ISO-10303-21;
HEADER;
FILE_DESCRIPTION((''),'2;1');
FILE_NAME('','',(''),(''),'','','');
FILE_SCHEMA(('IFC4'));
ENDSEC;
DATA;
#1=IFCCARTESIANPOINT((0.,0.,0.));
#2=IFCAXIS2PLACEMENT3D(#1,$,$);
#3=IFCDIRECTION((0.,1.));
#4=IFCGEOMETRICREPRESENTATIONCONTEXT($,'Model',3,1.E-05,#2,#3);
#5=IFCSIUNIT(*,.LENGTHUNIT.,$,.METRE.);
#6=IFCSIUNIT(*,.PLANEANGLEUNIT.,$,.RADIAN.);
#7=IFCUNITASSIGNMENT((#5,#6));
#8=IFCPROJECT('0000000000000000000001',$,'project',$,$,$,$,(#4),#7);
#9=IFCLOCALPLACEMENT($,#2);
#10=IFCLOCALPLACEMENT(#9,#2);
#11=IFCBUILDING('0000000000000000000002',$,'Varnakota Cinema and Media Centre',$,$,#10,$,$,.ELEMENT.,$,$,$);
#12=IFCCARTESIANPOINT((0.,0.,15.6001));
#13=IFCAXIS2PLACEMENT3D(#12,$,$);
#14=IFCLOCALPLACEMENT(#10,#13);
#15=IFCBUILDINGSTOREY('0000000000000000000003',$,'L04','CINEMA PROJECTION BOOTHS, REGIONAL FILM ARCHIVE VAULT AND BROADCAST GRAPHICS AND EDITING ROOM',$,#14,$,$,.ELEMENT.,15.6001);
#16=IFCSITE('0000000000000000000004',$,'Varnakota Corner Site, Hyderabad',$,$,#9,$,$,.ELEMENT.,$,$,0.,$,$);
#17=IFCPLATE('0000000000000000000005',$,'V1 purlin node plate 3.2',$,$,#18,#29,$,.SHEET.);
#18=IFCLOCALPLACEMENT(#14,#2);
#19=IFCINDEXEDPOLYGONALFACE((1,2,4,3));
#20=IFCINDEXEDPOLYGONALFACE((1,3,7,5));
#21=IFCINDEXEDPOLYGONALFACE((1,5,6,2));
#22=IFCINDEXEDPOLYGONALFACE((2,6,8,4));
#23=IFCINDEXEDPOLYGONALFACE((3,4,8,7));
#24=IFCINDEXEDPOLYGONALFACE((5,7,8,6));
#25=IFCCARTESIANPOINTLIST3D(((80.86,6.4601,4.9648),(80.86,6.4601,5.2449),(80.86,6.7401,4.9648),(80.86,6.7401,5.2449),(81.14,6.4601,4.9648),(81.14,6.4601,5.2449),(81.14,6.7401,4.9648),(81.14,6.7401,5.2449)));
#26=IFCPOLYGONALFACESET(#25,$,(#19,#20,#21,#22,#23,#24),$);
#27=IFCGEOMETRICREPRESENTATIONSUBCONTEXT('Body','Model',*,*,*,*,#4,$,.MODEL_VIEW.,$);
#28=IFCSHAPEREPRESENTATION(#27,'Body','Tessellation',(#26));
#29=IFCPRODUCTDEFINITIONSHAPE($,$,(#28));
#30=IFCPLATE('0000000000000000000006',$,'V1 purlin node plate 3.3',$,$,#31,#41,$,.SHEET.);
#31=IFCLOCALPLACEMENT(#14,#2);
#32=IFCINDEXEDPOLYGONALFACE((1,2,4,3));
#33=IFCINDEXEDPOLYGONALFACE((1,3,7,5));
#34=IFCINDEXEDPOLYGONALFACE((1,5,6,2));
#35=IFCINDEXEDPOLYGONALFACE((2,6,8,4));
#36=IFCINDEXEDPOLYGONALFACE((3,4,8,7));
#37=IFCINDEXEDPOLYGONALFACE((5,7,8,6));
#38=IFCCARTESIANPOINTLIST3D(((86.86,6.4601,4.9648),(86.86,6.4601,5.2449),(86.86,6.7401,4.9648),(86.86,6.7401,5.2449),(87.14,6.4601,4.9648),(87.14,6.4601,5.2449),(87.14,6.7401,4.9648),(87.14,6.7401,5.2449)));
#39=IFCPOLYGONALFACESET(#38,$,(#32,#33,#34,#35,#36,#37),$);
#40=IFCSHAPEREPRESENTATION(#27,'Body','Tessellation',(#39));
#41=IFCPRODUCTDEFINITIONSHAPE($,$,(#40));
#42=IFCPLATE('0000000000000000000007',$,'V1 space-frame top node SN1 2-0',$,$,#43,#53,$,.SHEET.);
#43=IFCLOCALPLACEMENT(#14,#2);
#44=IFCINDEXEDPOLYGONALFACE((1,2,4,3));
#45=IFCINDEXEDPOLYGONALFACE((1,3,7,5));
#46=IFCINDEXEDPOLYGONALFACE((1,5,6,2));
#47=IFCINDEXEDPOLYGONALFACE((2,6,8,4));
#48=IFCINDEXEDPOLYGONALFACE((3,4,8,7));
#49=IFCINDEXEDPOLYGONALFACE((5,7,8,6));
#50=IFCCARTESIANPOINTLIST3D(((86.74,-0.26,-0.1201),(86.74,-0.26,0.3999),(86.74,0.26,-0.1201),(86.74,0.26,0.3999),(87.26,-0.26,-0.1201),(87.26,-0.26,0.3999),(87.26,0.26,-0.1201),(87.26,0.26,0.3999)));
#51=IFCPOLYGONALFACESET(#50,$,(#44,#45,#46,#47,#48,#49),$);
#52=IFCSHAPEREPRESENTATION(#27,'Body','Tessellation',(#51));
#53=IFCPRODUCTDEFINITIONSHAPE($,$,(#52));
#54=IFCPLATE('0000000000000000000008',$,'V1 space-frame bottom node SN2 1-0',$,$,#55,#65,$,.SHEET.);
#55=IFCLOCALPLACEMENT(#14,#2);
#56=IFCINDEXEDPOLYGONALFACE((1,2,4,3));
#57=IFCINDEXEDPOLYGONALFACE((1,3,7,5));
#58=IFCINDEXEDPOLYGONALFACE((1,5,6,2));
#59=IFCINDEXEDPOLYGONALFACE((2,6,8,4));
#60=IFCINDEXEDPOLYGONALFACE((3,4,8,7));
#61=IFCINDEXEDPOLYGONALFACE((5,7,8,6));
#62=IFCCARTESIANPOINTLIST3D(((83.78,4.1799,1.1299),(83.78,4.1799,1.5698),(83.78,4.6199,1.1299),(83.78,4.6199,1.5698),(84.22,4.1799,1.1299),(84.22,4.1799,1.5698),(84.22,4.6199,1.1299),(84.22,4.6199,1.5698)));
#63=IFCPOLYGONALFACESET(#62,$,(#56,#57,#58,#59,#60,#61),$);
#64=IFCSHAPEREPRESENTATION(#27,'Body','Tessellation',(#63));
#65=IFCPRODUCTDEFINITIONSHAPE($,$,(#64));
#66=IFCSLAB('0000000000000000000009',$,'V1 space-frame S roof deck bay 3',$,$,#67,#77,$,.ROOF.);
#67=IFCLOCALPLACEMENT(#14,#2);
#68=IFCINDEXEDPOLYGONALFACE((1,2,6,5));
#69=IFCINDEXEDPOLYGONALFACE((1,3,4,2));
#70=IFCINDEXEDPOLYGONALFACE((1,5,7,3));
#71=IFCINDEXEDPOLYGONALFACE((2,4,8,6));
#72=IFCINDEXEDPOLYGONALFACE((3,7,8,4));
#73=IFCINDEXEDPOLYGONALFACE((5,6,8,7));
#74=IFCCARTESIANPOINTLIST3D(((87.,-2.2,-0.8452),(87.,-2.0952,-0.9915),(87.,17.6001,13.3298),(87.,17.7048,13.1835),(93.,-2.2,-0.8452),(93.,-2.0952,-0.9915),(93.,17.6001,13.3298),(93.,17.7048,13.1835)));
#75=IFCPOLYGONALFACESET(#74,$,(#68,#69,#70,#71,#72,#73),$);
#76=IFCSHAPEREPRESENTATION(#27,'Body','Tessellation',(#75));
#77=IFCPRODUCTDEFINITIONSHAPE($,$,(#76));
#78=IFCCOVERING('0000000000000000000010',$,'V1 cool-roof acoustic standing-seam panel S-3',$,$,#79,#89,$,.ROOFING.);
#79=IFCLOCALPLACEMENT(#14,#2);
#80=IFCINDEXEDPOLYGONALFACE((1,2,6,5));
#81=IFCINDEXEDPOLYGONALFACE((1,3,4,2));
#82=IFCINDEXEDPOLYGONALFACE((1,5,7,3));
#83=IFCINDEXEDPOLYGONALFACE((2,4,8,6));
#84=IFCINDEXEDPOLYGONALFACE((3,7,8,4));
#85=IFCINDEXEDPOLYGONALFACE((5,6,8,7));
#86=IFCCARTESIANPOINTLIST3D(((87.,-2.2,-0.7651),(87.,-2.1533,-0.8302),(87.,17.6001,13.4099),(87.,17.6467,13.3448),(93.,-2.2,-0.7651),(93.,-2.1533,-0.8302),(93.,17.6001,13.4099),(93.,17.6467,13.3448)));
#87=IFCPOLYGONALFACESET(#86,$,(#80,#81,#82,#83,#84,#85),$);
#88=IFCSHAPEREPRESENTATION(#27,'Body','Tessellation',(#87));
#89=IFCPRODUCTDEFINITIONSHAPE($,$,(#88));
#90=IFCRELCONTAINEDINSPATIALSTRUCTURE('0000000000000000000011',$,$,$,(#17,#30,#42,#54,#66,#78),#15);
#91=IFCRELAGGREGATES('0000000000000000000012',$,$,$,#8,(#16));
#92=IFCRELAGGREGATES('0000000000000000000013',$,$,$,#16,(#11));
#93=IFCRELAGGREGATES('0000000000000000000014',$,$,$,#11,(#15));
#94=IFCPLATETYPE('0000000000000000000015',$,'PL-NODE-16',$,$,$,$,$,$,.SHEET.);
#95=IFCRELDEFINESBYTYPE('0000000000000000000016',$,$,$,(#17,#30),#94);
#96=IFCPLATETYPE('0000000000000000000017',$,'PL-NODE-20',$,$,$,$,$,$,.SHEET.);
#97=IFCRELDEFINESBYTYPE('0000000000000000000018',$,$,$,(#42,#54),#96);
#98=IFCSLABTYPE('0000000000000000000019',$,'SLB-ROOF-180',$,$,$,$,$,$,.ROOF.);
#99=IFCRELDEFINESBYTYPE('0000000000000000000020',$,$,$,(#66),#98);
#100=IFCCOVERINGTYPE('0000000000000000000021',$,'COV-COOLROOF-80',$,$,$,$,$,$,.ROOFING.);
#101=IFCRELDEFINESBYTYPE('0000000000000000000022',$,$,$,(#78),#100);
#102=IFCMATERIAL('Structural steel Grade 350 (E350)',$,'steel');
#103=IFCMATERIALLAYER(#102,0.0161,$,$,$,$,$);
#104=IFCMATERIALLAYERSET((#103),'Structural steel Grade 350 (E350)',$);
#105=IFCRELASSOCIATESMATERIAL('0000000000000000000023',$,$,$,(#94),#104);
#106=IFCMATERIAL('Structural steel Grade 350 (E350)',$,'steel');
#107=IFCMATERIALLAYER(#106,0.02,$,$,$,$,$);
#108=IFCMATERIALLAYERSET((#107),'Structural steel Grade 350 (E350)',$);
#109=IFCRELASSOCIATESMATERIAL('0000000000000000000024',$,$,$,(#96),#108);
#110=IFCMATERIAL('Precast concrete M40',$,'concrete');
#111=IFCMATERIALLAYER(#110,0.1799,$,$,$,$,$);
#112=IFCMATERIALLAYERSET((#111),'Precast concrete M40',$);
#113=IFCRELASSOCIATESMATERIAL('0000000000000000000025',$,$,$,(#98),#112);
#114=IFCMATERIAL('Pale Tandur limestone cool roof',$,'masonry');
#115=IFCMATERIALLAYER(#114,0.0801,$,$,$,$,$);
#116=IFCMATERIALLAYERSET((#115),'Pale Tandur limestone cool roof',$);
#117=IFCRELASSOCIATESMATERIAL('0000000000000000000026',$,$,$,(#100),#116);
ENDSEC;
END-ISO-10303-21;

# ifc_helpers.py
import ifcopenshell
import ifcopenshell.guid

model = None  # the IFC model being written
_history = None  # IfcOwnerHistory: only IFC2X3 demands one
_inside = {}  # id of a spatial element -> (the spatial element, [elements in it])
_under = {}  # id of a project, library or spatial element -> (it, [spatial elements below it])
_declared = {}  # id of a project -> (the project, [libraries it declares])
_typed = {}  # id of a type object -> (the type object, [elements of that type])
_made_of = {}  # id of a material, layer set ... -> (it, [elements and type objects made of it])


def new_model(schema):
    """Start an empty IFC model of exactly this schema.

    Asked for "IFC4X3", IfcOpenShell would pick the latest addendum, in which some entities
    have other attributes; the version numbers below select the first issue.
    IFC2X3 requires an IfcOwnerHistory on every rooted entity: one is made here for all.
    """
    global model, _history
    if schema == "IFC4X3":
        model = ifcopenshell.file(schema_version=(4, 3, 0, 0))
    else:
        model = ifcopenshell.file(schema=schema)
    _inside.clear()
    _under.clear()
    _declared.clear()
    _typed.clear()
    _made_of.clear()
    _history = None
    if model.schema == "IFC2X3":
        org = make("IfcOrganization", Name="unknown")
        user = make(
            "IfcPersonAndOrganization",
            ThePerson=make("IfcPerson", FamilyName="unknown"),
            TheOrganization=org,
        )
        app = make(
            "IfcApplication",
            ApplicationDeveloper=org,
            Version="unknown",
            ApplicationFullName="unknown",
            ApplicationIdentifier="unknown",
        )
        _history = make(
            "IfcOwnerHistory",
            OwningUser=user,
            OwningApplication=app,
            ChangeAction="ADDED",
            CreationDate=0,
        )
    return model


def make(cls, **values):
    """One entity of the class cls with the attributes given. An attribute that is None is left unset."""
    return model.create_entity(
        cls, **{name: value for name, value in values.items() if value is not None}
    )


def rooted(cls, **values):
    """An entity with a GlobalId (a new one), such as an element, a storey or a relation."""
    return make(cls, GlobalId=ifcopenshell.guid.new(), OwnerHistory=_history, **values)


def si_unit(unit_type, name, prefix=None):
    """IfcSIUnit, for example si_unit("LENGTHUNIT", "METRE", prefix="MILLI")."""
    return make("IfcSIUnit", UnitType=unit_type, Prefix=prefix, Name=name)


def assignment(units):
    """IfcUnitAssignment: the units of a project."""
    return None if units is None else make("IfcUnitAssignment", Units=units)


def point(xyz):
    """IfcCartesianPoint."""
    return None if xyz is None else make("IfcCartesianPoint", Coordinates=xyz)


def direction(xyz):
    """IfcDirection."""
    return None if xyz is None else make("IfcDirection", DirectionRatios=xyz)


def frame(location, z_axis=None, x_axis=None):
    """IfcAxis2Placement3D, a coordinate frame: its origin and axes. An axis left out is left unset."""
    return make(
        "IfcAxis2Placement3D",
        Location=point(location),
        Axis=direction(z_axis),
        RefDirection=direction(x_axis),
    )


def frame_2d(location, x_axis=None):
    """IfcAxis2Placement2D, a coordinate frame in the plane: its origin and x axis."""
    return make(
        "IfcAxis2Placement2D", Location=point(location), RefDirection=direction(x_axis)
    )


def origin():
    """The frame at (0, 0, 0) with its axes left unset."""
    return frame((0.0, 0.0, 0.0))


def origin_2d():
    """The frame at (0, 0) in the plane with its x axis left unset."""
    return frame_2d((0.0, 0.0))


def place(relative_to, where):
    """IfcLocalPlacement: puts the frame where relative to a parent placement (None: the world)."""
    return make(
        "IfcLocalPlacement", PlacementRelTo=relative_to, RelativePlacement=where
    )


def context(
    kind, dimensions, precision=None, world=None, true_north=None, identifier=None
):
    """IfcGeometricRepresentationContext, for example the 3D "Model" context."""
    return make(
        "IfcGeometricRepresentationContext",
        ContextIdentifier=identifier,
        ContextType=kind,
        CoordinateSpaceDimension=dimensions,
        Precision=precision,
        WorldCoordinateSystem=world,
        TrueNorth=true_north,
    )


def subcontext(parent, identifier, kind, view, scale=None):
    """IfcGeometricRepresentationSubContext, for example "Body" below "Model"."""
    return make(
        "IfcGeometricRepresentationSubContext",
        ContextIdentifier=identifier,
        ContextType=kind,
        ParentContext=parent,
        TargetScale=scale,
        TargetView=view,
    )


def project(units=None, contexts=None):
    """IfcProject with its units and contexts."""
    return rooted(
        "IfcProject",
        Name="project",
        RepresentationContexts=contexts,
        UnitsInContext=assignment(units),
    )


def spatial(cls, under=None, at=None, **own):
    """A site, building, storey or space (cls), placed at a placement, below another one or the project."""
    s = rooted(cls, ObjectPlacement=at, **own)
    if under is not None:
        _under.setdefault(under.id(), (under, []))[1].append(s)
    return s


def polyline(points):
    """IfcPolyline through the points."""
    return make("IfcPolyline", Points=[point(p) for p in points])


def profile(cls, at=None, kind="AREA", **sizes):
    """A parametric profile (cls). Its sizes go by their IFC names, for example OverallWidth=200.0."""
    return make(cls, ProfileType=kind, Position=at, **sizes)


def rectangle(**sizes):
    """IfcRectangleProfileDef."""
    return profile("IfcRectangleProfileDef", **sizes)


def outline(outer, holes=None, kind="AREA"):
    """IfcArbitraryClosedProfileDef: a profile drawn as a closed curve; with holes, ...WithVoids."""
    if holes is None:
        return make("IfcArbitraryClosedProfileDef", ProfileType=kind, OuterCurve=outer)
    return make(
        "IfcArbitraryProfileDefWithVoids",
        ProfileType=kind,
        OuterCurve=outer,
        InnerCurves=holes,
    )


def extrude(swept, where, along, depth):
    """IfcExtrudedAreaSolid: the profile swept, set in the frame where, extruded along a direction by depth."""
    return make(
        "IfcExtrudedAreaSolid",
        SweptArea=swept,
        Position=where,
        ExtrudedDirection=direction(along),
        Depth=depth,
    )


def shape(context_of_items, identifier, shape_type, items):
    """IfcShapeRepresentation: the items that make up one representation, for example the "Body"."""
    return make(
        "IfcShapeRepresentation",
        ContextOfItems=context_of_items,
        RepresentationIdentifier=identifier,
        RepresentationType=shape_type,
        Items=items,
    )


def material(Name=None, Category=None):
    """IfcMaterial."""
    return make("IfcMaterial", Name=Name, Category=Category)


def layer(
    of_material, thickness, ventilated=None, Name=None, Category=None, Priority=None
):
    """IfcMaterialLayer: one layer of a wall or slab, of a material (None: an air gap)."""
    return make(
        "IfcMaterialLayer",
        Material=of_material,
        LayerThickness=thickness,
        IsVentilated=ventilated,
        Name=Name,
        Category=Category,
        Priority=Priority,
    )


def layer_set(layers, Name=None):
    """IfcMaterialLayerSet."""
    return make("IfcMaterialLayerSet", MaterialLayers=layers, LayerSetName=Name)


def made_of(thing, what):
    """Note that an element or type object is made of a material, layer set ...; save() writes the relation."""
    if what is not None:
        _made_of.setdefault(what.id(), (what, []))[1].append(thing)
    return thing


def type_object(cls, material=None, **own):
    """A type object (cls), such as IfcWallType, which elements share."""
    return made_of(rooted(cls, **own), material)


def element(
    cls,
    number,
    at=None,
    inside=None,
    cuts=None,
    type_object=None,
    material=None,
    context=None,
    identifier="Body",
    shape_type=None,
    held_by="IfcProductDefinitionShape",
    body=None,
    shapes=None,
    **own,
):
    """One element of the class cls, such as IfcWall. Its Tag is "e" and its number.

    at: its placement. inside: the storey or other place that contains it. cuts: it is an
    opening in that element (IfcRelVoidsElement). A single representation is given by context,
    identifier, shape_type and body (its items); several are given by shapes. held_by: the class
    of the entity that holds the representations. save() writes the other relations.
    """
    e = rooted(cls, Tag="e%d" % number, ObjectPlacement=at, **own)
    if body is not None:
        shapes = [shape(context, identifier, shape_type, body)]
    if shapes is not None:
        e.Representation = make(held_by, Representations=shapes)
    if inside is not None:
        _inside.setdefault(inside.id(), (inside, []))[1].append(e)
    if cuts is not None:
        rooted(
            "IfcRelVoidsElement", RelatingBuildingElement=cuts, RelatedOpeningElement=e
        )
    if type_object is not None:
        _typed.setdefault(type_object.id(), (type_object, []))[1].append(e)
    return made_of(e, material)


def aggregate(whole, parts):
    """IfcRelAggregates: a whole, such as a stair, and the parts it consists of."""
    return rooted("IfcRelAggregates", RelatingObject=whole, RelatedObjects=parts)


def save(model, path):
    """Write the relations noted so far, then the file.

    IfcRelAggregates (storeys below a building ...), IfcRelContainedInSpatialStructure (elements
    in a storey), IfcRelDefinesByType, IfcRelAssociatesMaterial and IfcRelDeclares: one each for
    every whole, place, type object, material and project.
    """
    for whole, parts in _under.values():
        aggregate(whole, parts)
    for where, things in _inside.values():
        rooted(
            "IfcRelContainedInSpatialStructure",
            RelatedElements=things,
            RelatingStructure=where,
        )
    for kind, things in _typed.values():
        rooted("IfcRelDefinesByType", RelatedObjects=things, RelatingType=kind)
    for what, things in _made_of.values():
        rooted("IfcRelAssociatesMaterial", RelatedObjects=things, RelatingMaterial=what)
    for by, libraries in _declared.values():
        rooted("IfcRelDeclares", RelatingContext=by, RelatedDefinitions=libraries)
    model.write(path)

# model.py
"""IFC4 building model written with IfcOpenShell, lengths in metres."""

from ifc_helpers import new_model, si_unit, direction, frame, origin, origin_2d, place, context, subcontext, project, spatial, polyline, rectangle, outline, extrude, material, layer, layer_set, type_object, element, save


model = new_model("IFC4")

# Units and contexts
model_context = context("Model", 3, precision=1e-05, world=origin(), true_north=direction((0.0, 1.0)))
body_context = subcontext(model_context, "Body", "Model", "MODEL_VIEW")
ifc_project = project(units=[si_unit("LENGTHUNIT", "METRE"), si_unit("PLANEANGLEUNIT", "RADIAN")], contexts=[model_context])

# Site, building, storey
site_placement = place(None, origin())
site = spatial("IfcSite", under=ifc_project, at=site_placement, Name="Varnakota Corner Site, Hyderabad", CompositionType="ELEMENT", RefElevation=0.0)
building_placement = place(site_placement, origin())
building = spatial("IfcBuilding", under=site, at=building_placement, Name="Varnakota Cinema and Media Centre", CompositionType="ELEMENT")
storey_placement = place(building_placement, frame((0.0, 0.0, 15.6001)))
storey = spatial("IfcBuildingStorey", under=building, at=storey_placement, Name="L04", Description="CINEMA PROJECTION BOOTHS, REGIONAL FILM ARCHIVE VAULT AND BROADCAST GRAPHICS AND EDITING ROOM", CompositionType="ELEMENT", Elevation=15.6001)

# Plates
ifc_material_1 = material(Name="Structural steel Grade 350 (E350)", Category="steel")
ifc_layer_1 = layer(ifc_material_1, 0.0161)
ifc_layer_set_1 = layer_set([ifc_layer_1], Name="Structural steel Grade 350 (E350)")
plate_type_1 = type_object("IfcPlateType", Name="PL-NODE-16", PredefinedType="SHEET", material=ifc_layer_set_1)
for number, where, z_axis, x_axis, name in (
    (1, (81.0, 6.6001, 4.9648), (0.0, 0.0, 1.0), (1.0, 0.0, 0.0), "V1 purlin node plate 3.2"),
    (2, (87.0, 6.6001, 4.9648), (0.0, 0.0, 1.0), (1.0, 0.0, 0.0), "V1 purlin node plate 3.3"),
):
    element("IfcPlate", number, at=place(storey_placement, frame(where, z_axis=z_axis, x_axis=x_axis)), inside=storey, type_object=plate_type_1, Name=name, PredefinedType="SHEET", context=body_context, shape_type="SweptSolid", body=[
        extrude(rectangle(XDim=0.28, YDim=0.28, at=origin_2d()), origin(), (0.0, 0.0, 1.0), 0.28),
    ])
ifc_material_2 = material(Name="Structural steel Grade 350 (E350)", Category="steel")
ifc_layer_2 = layer(ifc_material_2, 0.02)
ifc_layer_set_2 = layer_set([ifc_layer_2], Name="Structural steel Grade 350 (E350)")
plate_type_2 = type_object("IfcPlateType", Name="PL-NODE-20", PredefinedType="SHEET", material=ifc_layer_set_2)
plate_1_placement = place(storey_placement, frame((87.0, 0.0, -0.1201), z_axis=(0.0, 0.0, 1.0), x_axis=(1.0, 0.0, 0.0)))
element("IfcPlate", 3, at=plate_1_placement, inside=storey, type_object=plate_type_2, Name="V1 space-frame top node SN1 2-0", PredefinedType="SHEET", context=body_context, shape_type="SweptSolid", body=[
    extrude(rectangle(XDim=0.52, YDim=0.52, at=origin_2d()), origin(), (0.0, 0.0, 1.0), 0.52),
])
plate_2_placement = place(storey_placement, frame((84.0, 4.3999, 1.1299), z_axis=(0.0, 0.0, 1.0), x_axis=(1.0, 0.0, 0.0)))
element("IfcPlate", 4, at=plate_2_placement, inside=storey, type_object=plate_type_2, Name="V1 space-frame bottom node SN2 1-0", PredefinedType="SHEET", context=body_context, shape_type="SweptSolid", body=[
    extrude(rectangle(XDim=0.4399, YDim=0.4399, at=origin_2d()), origin(), (0.0, 0.0, 1.0), 0.4399),
])

# Slab
ifc_material_3 = material(Name="Precast concrete M40", Category="concrete")
ifc_layer_3 = layer(ifc_material_3, 0.1799)
ifc_layer_set_3 = layer_set([ifc_layer_3], Name="Precast concrete M40")
slab_type = type_object("IfcSlabType", Name="SLB-ROOF-180", PredefinedType="ROOF", material=ifc_layer_set_3)
slab_placement = place(storey_placement, frame((87.0, -2.2, -0.8452), z_axis=(0.0, -0.582112, 0.813108), x_axis=(1.0, 0.0, 0.0)))
element("IfcSlab", 5, at=slab_placement, inside=storey, type_object=slab_type, Name="V1 space-frame S roof deck bay 3", PredefinedType="ROOF", context=body_context, shape_type="SweptSolid", body=[
    extrude(outline(polyline([(0.0, 0.0), (6.0, 0.0), (6.0, 24.3511), (0.0, 24.3511), (0.0, 0.0)])), origin(), (0.0, 0.0, -1.0), 0.1799),
])

# Covering
ifc_material_4 = material(Name="Pale Tandur limestone cool roof", Category="masonry")
ifc_layer_4 = layer(ifc_material_4, 0.0801)
ifc_layer_set_4 = layer_set([ifc_layer_4], Name="Pale Tandur limestone cool roof")
covering_type = type_object("IfcCoveringType", Name="COV-COOLROOF-80", PredefinedType="ROOFING", material=ifc_layer_set_4)
covering_placement = place(storey_placement, frame((87.0, -2.2, -0.7651), z_axis=(0.0, -0.582112, 0.813108), x_axis=(1.0, 0.0, 0.0)))
element("IfcCovering", 6, at=covering_placement, inside=storey, type_object=covering_type, Name="V1 cool-roof acoustic standing-seam panel S-3", PredefinedType="ROOFING", context=body_context, shape_type="SweptSolid", body=[
    extrude(outline(polyline([(0.0, 0.0), (6.0, 0.0), (6.0, 24.3511), (0.0, 24.3511), (0.0, 0.0)])), origin(), (0.0, 0.0, -1.0), 0.0801),
])

save(model, "model.ifc")
